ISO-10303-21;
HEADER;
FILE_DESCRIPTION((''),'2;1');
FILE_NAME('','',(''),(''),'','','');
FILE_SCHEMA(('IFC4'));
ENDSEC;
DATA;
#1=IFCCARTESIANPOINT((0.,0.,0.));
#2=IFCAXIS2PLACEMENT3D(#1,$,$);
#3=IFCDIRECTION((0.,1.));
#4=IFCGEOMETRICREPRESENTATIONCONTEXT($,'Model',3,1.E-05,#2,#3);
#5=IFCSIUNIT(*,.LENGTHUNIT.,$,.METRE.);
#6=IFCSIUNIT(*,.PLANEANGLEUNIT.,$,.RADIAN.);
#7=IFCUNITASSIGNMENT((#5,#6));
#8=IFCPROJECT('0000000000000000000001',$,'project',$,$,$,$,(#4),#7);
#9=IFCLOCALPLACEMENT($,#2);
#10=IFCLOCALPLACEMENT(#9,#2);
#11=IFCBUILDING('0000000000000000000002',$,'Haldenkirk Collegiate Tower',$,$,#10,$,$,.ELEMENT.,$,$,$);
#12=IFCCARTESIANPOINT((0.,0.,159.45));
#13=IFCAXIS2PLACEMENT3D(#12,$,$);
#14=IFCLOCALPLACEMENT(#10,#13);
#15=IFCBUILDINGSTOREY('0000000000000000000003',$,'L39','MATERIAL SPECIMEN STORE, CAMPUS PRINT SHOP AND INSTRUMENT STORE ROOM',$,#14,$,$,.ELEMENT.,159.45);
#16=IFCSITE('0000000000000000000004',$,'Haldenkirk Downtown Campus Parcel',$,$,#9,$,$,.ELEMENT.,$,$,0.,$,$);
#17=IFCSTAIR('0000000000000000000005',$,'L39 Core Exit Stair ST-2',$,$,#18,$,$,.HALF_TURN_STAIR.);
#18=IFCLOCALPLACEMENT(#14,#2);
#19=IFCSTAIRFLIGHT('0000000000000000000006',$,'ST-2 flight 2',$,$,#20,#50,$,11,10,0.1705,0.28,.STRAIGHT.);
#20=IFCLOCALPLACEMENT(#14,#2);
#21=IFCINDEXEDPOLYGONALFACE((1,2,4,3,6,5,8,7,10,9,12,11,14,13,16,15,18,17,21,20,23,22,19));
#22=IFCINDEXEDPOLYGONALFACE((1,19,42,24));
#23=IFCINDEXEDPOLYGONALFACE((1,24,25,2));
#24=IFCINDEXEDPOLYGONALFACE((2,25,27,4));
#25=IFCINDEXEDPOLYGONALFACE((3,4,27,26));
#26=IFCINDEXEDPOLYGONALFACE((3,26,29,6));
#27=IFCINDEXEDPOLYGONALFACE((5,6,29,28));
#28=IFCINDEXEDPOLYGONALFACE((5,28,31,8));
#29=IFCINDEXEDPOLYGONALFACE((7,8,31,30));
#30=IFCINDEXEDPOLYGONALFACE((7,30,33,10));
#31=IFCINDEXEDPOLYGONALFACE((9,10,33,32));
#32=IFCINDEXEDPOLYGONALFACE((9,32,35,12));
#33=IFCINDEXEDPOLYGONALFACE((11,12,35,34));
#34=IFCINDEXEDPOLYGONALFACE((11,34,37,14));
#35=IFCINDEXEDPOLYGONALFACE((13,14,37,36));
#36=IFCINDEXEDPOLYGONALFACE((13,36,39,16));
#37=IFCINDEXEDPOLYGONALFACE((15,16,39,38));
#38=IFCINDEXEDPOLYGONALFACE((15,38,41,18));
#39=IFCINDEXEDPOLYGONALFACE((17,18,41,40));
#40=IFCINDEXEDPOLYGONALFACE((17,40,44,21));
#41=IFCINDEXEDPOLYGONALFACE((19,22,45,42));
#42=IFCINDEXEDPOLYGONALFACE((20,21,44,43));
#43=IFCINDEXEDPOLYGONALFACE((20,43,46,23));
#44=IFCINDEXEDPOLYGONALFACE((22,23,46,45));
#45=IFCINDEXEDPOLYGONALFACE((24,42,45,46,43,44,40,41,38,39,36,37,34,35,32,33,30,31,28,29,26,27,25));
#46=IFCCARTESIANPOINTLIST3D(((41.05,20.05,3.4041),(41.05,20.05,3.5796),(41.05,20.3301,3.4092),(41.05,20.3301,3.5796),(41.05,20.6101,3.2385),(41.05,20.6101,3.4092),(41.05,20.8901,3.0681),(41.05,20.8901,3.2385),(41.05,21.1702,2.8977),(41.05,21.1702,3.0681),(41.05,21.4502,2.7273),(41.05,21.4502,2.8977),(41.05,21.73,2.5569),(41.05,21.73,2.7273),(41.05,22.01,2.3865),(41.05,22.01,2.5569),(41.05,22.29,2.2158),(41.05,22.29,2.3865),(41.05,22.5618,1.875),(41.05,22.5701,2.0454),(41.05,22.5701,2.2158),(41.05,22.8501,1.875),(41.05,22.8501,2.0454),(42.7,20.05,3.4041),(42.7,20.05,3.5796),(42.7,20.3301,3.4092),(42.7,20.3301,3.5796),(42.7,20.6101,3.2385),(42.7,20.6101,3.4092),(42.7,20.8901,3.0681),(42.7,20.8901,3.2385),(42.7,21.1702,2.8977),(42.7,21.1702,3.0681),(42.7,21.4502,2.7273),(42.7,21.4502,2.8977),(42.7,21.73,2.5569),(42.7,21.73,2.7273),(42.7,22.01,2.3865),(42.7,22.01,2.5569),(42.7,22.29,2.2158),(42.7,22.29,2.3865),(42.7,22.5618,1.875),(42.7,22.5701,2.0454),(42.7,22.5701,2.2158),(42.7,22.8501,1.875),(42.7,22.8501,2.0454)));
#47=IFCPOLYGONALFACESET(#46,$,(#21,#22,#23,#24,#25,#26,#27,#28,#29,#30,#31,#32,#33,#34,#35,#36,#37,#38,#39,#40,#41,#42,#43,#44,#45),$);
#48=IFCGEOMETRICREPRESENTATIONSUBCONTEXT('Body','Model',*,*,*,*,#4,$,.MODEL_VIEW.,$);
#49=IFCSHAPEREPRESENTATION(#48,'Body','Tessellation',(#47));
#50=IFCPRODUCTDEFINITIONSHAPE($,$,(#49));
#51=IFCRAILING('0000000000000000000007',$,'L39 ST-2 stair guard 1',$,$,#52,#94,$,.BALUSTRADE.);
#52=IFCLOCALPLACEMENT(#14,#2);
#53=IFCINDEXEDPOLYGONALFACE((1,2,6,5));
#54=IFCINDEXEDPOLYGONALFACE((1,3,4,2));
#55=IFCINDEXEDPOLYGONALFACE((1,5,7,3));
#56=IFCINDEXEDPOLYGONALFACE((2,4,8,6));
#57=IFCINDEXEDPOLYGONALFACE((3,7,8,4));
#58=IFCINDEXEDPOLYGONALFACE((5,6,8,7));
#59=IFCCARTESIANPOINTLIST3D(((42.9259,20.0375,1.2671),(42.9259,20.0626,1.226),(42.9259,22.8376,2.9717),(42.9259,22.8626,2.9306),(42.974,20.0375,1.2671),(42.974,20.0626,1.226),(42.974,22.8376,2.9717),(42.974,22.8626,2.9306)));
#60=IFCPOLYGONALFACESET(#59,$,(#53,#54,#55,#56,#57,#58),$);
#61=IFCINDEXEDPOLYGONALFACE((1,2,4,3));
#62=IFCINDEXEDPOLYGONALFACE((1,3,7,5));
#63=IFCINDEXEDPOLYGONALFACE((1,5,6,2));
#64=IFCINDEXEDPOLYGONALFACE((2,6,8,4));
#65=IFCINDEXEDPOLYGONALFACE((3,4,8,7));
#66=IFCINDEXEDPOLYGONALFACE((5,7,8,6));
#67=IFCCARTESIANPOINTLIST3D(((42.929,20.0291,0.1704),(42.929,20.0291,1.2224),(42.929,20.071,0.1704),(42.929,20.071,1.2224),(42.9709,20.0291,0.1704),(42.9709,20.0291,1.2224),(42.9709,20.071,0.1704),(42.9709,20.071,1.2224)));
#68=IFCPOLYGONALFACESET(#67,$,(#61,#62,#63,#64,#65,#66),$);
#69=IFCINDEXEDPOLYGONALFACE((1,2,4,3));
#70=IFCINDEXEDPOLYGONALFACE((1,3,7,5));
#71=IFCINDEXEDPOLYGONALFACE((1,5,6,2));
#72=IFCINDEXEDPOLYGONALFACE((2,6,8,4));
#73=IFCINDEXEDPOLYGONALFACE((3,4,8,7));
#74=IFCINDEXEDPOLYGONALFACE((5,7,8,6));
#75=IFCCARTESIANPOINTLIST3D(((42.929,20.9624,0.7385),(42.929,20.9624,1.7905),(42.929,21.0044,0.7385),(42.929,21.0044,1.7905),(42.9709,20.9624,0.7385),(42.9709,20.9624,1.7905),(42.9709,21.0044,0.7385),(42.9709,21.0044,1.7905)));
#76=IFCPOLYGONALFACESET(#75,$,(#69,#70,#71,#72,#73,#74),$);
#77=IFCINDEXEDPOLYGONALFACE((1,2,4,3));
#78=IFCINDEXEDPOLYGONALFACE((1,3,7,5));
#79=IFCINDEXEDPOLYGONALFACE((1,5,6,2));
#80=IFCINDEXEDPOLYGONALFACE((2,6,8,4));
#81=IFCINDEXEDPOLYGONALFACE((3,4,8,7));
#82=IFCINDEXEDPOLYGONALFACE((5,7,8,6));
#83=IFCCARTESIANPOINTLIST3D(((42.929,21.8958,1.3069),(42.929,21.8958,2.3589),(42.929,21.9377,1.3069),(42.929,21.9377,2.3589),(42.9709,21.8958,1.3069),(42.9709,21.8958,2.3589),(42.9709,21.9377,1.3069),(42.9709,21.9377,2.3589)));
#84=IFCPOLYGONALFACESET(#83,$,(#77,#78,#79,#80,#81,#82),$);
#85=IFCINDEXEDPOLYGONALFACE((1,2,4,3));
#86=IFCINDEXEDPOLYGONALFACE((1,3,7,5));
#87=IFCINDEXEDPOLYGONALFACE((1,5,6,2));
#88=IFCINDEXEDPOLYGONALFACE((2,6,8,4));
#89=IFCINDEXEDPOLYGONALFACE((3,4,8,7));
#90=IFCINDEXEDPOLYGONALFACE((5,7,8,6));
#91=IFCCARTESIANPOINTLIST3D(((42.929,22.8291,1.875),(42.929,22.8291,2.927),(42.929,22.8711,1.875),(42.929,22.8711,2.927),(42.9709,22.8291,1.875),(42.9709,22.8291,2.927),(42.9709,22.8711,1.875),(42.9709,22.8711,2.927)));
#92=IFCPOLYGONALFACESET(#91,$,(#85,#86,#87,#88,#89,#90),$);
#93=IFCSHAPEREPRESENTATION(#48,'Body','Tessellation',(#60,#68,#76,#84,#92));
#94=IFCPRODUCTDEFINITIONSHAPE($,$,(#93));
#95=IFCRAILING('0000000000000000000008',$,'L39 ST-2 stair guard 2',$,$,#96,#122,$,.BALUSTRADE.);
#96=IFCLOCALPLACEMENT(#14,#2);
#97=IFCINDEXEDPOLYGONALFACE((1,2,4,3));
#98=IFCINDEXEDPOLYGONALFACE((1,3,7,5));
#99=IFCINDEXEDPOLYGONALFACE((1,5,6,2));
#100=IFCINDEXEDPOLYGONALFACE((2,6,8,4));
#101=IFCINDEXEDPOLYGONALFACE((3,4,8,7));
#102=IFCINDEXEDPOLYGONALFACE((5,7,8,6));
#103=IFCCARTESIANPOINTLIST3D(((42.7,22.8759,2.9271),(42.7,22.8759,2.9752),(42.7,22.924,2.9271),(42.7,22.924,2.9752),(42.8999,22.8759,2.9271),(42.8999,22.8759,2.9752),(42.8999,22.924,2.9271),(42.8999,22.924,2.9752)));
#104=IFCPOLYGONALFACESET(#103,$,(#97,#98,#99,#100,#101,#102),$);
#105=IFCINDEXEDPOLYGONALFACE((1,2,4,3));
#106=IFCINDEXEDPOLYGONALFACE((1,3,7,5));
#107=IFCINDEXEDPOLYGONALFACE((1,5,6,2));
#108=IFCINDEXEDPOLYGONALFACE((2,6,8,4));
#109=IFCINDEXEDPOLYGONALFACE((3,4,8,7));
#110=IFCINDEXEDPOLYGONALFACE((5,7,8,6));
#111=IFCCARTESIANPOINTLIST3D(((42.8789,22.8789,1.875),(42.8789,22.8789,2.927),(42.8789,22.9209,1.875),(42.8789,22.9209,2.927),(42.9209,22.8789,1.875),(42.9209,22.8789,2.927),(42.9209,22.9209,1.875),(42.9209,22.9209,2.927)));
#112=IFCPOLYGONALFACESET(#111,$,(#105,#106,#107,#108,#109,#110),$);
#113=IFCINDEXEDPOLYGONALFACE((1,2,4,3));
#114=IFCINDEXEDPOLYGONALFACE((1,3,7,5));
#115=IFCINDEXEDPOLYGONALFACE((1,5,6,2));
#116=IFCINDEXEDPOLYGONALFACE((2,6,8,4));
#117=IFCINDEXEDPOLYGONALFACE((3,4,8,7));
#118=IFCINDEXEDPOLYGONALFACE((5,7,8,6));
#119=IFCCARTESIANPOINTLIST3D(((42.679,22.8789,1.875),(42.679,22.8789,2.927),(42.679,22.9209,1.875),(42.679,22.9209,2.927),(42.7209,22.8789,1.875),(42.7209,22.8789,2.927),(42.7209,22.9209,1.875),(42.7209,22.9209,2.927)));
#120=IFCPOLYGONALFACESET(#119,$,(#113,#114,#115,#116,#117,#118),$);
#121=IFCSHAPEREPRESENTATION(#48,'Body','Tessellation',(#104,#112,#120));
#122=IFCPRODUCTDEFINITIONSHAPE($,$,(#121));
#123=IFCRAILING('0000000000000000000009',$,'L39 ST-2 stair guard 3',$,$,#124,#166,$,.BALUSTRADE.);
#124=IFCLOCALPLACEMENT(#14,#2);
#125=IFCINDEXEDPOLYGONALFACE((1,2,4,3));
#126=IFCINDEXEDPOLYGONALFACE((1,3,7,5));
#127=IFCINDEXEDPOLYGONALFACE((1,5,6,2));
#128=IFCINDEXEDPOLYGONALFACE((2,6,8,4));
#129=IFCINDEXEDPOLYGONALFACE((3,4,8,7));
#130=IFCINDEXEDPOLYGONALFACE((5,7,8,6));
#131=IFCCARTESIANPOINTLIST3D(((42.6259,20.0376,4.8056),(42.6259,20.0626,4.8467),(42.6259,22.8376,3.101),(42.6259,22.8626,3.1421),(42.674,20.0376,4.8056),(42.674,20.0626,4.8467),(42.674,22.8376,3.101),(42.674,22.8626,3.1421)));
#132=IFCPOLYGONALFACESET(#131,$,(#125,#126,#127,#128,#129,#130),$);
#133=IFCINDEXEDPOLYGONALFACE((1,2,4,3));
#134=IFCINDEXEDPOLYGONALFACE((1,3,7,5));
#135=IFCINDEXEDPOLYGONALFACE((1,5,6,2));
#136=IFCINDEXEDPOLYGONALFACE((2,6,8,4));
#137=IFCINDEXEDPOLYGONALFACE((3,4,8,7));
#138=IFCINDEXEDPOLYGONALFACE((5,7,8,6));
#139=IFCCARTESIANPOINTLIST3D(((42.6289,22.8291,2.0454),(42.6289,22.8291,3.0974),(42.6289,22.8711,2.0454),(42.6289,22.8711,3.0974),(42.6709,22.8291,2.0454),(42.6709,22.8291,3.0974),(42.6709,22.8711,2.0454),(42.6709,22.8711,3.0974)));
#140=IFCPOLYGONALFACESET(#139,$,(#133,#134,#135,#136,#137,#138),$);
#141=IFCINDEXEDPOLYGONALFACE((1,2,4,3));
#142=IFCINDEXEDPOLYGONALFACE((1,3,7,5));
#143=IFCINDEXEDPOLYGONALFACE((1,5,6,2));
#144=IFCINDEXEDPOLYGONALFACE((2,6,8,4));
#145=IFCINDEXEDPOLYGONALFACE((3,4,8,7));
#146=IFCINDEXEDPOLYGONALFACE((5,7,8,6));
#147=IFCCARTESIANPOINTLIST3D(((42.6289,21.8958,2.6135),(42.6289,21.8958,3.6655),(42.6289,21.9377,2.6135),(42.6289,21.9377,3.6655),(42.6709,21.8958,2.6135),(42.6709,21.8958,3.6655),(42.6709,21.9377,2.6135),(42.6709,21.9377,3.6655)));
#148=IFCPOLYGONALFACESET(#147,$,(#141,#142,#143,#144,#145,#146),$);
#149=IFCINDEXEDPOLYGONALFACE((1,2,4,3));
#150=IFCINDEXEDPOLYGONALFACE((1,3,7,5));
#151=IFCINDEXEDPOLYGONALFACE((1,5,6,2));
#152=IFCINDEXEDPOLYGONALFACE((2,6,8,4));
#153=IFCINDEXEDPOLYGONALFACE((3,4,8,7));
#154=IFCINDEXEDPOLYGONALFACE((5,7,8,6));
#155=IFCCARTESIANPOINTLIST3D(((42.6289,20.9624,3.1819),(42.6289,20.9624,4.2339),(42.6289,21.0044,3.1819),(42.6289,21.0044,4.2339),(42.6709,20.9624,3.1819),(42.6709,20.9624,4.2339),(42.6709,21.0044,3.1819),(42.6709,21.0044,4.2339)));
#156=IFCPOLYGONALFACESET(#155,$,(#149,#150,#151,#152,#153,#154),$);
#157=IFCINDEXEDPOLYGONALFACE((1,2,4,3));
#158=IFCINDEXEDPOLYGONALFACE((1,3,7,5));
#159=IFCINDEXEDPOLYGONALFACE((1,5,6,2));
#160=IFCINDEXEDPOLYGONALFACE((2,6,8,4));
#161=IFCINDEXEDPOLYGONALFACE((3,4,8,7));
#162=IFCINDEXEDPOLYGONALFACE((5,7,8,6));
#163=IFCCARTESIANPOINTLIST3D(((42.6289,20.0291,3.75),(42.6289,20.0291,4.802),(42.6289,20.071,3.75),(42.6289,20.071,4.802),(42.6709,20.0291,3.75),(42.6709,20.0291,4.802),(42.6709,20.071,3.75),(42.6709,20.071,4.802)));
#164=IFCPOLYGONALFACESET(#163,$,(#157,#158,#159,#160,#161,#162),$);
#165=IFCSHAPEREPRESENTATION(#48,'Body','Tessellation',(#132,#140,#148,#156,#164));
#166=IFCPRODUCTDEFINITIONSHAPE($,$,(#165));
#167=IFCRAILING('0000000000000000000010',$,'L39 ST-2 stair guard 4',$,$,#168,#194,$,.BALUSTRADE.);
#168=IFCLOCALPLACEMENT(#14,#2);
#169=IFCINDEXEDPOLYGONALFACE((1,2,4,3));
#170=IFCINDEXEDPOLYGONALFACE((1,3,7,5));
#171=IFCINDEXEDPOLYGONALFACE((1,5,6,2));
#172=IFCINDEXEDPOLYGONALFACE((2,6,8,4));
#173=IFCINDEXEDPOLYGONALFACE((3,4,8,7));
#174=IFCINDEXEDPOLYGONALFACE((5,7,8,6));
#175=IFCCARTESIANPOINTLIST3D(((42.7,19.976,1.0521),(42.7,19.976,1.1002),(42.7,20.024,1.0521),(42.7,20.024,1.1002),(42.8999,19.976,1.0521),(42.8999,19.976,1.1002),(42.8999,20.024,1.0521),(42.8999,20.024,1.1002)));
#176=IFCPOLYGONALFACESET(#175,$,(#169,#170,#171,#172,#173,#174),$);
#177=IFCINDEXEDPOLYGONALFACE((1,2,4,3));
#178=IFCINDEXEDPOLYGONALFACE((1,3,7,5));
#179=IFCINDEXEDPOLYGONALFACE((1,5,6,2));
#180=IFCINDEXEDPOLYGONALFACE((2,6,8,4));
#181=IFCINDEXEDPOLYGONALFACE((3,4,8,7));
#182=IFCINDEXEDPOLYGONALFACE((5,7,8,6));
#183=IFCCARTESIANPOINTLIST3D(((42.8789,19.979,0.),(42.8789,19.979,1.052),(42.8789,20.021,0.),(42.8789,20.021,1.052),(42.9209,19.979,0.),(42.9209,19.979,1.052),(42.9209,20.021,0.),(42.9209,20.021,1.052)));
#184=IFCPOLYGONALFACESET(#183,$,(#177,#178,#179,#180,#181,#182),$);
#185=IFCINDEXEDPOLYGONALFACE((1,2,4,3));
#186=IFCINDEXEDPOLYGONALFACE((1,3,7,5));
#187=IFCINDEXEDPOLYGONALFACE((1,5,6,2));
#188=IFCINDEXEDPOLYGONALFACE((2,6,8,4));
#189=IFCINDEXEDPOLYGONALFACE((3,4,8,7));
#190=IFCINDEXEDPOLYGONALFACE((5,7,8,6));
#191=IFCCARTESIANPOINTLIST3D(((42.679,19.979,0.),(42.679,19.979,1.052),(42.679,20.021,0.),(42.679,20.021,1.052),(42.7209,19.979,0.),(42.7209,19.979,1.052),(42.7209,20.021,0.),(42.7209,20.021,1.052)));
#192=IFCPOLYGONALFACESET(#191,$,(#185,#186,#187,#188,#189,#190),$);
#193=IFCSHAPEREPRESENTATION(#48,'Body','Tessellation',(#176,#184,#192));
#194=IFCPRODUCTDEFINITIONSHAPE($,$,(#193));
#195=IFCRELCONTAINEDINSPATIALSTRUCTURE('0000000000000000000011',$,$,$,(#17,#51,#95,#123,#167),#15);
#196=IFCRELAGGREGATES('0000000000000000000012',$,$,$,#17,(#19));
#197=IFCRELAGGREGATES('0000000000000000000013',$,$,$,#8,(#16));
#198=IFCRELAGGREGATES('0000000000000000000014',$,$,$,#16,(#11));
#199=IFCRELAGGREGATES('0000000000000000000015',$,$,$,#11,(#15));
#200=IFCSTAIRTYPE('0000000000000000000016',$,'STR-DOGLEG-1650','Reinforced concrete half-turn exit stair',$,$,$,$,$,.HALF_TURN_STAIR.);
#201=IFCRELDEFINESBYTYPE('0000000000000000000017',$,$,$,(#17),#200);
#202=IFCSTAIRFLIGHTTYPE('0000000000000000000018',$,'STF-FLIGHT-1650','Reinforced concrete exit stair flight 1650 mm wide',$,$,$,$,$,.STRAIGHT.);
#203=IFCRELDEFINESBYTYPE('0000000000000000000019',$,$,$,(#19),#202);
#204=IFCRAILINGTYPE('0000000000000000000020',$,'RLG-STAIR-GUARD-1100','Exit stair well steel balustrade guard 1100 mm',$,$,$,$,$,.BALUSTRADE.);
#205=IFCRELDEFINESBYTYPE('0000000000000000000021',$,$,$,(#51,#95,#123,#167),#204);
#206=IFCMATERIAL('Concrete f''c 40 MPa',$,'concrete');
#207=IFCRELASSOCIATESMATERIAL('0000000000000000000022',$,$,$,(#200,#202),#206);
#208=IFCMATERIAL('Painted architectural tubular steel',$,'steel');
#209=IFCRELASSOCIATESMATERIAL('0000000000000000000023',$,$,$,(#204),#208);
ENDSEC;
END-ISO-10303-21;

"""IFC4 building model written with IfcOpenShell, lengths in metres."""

from ifc_helpers import new_model, si_unit, direction, frame, origin, origin_2d, place, context, subcontext, project, spatial, polyline, rectangle, outline, extrude, material, type_object, element, aggregate, save


model = new_model("IFC4")

# Units and contexts
model_context = context("Model", 3, precision=1e-05, world=origin(), true_north=direction((0.0, 1.0)))
body_context = subcontext(model_context, "Body", "Model", "MODEL_VIEW")
ifc_project = project(units=[si_unit("LENGTHUNIT", "METRE"), si_unit("PLANEANGLEUNIT", "RADIAN")], contexts=[model_context])

# Site, building, storey
site_placement = place(None, origin())
site = spatial("IfcSite", under=ifc_project, at=site_placement, Name="Haldenkirk Downtown Campus Parcel", CompositionType="ELEMENT", RefElevation=0.0)
building_placement = place(site_placement, origin())
building = spatial("IfcBuilding", under=site, at=building_placement, Name="Haldenkirk Collegiate Tower", CompositionType="ELEMENT")
storey_placement = place(building_placement, frame((0.0, 0.0, 159.45)))
storey = spatial("IfcBuildingStorey", under=building, at=storey_placement, Name="L39", Description="MATERIAL SPECIMEN STORE, CAMPUS PRINT SHOP AND INSTRUMENT STORE ROOM", CompositionType="ELEMENT", Elevation=159.45)

# Stair, stair flight
ifc_material_1 = material(Name="Concrete f'c 40 MPa", Category="concrete")
stair_type = type_object("IfcStairType", Name="STR-DOGLEG-1650", Description="Reinforced concrete half-turn exit stair", PredefinedType="HALF_TURN_STAIR", material=ifc_material_1)
stair_placement = place(storey_placement, origin())
stair = element("IfcStair", 1, at=stair_placement, inside=storey, type_object=stair_type, Name="L39 Core Exit Stair ST-2", PredefinedType="HALF_TURN_STAIR")
stair_flight_type = type_object("IfcStairFlightType", Name="STF-FLIGHT-1650", Description="Reinforced concrete exit stair flight 1650 mm wide", PredefinedType="STRAIGHT", material=ifc_material_1)
stair_flight_1_placement = place(storey_placement, frame((41.875, 22.8501, 1.875), z_axis=(0.0, 0.0, 1.0), x_axis=(0.0, -1.0, 0.0)))
stair_flight_1 = element("IfcStairFlight", 2, at=stair_flight_1_placement, type_object=stair_flight_type, Name="ST-2 flight 2", NumberOfRisers=11, NumberOfTreads=10, PredefinedType="STRAIGHT", RiserHeight=0.1705, TreadLength=0.28, context=body_context, shape_type="SweptSolid", body=[
    extrude(outline(polyline([(0.0, 0.0), (0.0, 0.1704), (0.28, 0.1704), (0.28, 0.3408), (0.5601, 0.3408), (0.5601, 0.5115), (0.8401, 0.5115), (0.8401, 0.6819), (1.1201, 0.6819), (1.1201, 0.8523), (1.3999, 0.8523), (1.3999, 1.0227), (1.6799, 1.0227), (1.6799, 1.1931), (1.96, 1.1931), (1.96, 1.3635), (2.24, 1.3635), (2.24, 1.5342), (2.52, 1.5342), (2.52, 1.7046), (2.8, 1.7046), (2.8, 1.875), (2.8, 1.5291), (0.2883, 0.0), (0.0, 0.0)])), frame((0.0, 0.825, 0.0), z_axis=(0.0, -1.0, 0.0), x_axis=(1.0, 0.0, 0.0)), (0.0, 0.0, 1.0), 1.6499),
])
aggregate(stair, [stair_flight_1])

# Railings
ifc_material_2 = material(Name="Painted architectural tubular steel", Category="steel")
railing_type_1 = type_object("IfcRailingType", Name="RLG-STAIR-GUARD-1100", Description="Exit stair well steel balustrade guard 1100 mm", PredefinedType="BALUSTRADE", material=ifc_material_2)
railing_1_placement = place(storey_placement, frame((42.95, 20.05, 0.1704)))
element("IfcRailing", 3, at=railing_1_placement, inside=storey, type_object=railing_type_1, Name="L39 ST-2 stair guard 1", PredefinedType="BALUSTRADE", context=body_context, shape_type="SweptSolid", body=[
    extrude(rectangle(XDim=0.0481, YDim=0.0481, at=origin_2d()), frame((0.0, 0.0, 1.0762), z_axis=(0.0, 0.85417, 0.519994), x_axis=(-1.0, 0.0, 0.0)), (0.0, 0.0, 1.0), 3.2781),
    extrude(rectangle(XDim=0.042, YDim=0.042, at=origin_2d()), origin(), (0.0, 0.0, 1.0), 1.052),
    extrude(rectangle(XDim=0.042, YDim=0.042, at=origin_2d()), frame((0.0, 0.9333, 0.5681)), (0.0, 0.0, 1.0), 1.052),
    extrude(rectangle(XDim=0.042, YDim=0.042, at=origin_2d()), frame((0.0, 1.8667, 1.1365)), (0.0, 0.0, 1.0), 1.052),
    extrude(rectangle(XDim=0.042, YDim=0.042, at=origin_2d()), frame((0.0, 2.8, 1.7046)), (0.0, 0.0, 1.0), 1.052),
])
railing_2_placement = place(storey_placement, frame((42.8999, 22.8999, 1.875)))
element("IfcRailing", 4, at=railing_2_placement, inside=storey, type_object=railing_type_1, Name="L39 ST-2 stair guard 2", PredefinedType="BALUSTRADE", context=body_context, shape_type="SweptSolid", body=[
    extrude(rectangle(XDim=0.0481, YDim=0.0481, at=origin_2d()), frame((0.0, 0.0, 1.0762), z_axis=(-1.0, 0.0, 0.0), x_axis=(0.0, -1.0, 0.0)), (0.0, 0.0, 1.0), 0.2),
    extrude(rectangle(XDim=0.042, YDim=0.042, at=origin_2d()), origin(), (0.0, 0.0, 1.0), 1.052),
    extrude(rectangle(XDim=0.042, YDim=0.042, at=origin_2d()), frame((-0.2, 0.0, 0.0)), (0.0, 0.0, 1.0), 1.052),
])
railing_3_placement = place(storey_placement, frame((42.6499, 22.8501, 2.0454)))
element("IfcRailing", 5, at=railing_3_placement, inside=storey, type_object=railing_type_1, Name="L39 ST-2 stair guard 3", PredefinedType="BALUSTRADE", context=body_context, shape_type="SweptSolid", body=[
    extrude(rectangle(XDim=0.0481, YDim=0.0481, at=origin_2d()), frame((0.0, 0.0, 1.0762), z_axis=(0.0, -0.85417, 0.519994), x_axis=(1.0, 0.0, 0.0)), (0.0, 0.0, 1.0), 3.2781),
    extrude(rectangle(XDim=0.042, YDim=0.042, at=origin_2d()), origin(), (0.0, 0.0, 1.0), 1.052),
    extrude(rectangle(XDim=0.042, YDim=0.042, at=origin_2d()), frame((0.0, -0.9333, 0.5681)), (0.0, 0.0, 1.0), 1.052),
    extrude(rectangle(XDim=0.042, YDim=0.042, at=origin_2d()), frame((0.0, -1.8667, 1.1365)), (0.0, 0.0, 1.0), 1.052),
    extrude(rectangle(XDim=0.042, YDim=0.042, at=origin_2d()), frame((0.0, -2.8, 1.7046)), (0.0, 0.0, 1.0), 1.052),
])
railing_4_placement = place(storey_placement, frame((42.8999, 20.0, 0.0)))
element("IfcRailing", 6, at=railing_4_placement, inside=storey, type_object=railing_type_1, Name="L39 ST-2 stair guard 4", PredefinedType="BALUSTRADE", context=body_context, shape_type="SweptSolid", body=[
    extrude(rectangle(XDim=0.0481, YDim=0.0481, at=origin_2d()), frame((0.0, 0.0, 1.0762), z_axis=(-1.0, 0.0, 0.0), x_axis=(0.0, -1.0, 0.0)), (0.0, 0.0, 1.0), 0.2),
    extrude(rectangle(XDim=0.042, YDim=0.042, at=origin_2d()), origin(), (0.0, 0.0, 1.0), 1.052),
    extrude(rectangle(XDim=0.042, YDim=0.042, at=origin_2d()), frame((-0.2, 0.0, 0.0)), (0.0, 0.0, 1.0), 1.052),
])

save(model, "model.ifc")
